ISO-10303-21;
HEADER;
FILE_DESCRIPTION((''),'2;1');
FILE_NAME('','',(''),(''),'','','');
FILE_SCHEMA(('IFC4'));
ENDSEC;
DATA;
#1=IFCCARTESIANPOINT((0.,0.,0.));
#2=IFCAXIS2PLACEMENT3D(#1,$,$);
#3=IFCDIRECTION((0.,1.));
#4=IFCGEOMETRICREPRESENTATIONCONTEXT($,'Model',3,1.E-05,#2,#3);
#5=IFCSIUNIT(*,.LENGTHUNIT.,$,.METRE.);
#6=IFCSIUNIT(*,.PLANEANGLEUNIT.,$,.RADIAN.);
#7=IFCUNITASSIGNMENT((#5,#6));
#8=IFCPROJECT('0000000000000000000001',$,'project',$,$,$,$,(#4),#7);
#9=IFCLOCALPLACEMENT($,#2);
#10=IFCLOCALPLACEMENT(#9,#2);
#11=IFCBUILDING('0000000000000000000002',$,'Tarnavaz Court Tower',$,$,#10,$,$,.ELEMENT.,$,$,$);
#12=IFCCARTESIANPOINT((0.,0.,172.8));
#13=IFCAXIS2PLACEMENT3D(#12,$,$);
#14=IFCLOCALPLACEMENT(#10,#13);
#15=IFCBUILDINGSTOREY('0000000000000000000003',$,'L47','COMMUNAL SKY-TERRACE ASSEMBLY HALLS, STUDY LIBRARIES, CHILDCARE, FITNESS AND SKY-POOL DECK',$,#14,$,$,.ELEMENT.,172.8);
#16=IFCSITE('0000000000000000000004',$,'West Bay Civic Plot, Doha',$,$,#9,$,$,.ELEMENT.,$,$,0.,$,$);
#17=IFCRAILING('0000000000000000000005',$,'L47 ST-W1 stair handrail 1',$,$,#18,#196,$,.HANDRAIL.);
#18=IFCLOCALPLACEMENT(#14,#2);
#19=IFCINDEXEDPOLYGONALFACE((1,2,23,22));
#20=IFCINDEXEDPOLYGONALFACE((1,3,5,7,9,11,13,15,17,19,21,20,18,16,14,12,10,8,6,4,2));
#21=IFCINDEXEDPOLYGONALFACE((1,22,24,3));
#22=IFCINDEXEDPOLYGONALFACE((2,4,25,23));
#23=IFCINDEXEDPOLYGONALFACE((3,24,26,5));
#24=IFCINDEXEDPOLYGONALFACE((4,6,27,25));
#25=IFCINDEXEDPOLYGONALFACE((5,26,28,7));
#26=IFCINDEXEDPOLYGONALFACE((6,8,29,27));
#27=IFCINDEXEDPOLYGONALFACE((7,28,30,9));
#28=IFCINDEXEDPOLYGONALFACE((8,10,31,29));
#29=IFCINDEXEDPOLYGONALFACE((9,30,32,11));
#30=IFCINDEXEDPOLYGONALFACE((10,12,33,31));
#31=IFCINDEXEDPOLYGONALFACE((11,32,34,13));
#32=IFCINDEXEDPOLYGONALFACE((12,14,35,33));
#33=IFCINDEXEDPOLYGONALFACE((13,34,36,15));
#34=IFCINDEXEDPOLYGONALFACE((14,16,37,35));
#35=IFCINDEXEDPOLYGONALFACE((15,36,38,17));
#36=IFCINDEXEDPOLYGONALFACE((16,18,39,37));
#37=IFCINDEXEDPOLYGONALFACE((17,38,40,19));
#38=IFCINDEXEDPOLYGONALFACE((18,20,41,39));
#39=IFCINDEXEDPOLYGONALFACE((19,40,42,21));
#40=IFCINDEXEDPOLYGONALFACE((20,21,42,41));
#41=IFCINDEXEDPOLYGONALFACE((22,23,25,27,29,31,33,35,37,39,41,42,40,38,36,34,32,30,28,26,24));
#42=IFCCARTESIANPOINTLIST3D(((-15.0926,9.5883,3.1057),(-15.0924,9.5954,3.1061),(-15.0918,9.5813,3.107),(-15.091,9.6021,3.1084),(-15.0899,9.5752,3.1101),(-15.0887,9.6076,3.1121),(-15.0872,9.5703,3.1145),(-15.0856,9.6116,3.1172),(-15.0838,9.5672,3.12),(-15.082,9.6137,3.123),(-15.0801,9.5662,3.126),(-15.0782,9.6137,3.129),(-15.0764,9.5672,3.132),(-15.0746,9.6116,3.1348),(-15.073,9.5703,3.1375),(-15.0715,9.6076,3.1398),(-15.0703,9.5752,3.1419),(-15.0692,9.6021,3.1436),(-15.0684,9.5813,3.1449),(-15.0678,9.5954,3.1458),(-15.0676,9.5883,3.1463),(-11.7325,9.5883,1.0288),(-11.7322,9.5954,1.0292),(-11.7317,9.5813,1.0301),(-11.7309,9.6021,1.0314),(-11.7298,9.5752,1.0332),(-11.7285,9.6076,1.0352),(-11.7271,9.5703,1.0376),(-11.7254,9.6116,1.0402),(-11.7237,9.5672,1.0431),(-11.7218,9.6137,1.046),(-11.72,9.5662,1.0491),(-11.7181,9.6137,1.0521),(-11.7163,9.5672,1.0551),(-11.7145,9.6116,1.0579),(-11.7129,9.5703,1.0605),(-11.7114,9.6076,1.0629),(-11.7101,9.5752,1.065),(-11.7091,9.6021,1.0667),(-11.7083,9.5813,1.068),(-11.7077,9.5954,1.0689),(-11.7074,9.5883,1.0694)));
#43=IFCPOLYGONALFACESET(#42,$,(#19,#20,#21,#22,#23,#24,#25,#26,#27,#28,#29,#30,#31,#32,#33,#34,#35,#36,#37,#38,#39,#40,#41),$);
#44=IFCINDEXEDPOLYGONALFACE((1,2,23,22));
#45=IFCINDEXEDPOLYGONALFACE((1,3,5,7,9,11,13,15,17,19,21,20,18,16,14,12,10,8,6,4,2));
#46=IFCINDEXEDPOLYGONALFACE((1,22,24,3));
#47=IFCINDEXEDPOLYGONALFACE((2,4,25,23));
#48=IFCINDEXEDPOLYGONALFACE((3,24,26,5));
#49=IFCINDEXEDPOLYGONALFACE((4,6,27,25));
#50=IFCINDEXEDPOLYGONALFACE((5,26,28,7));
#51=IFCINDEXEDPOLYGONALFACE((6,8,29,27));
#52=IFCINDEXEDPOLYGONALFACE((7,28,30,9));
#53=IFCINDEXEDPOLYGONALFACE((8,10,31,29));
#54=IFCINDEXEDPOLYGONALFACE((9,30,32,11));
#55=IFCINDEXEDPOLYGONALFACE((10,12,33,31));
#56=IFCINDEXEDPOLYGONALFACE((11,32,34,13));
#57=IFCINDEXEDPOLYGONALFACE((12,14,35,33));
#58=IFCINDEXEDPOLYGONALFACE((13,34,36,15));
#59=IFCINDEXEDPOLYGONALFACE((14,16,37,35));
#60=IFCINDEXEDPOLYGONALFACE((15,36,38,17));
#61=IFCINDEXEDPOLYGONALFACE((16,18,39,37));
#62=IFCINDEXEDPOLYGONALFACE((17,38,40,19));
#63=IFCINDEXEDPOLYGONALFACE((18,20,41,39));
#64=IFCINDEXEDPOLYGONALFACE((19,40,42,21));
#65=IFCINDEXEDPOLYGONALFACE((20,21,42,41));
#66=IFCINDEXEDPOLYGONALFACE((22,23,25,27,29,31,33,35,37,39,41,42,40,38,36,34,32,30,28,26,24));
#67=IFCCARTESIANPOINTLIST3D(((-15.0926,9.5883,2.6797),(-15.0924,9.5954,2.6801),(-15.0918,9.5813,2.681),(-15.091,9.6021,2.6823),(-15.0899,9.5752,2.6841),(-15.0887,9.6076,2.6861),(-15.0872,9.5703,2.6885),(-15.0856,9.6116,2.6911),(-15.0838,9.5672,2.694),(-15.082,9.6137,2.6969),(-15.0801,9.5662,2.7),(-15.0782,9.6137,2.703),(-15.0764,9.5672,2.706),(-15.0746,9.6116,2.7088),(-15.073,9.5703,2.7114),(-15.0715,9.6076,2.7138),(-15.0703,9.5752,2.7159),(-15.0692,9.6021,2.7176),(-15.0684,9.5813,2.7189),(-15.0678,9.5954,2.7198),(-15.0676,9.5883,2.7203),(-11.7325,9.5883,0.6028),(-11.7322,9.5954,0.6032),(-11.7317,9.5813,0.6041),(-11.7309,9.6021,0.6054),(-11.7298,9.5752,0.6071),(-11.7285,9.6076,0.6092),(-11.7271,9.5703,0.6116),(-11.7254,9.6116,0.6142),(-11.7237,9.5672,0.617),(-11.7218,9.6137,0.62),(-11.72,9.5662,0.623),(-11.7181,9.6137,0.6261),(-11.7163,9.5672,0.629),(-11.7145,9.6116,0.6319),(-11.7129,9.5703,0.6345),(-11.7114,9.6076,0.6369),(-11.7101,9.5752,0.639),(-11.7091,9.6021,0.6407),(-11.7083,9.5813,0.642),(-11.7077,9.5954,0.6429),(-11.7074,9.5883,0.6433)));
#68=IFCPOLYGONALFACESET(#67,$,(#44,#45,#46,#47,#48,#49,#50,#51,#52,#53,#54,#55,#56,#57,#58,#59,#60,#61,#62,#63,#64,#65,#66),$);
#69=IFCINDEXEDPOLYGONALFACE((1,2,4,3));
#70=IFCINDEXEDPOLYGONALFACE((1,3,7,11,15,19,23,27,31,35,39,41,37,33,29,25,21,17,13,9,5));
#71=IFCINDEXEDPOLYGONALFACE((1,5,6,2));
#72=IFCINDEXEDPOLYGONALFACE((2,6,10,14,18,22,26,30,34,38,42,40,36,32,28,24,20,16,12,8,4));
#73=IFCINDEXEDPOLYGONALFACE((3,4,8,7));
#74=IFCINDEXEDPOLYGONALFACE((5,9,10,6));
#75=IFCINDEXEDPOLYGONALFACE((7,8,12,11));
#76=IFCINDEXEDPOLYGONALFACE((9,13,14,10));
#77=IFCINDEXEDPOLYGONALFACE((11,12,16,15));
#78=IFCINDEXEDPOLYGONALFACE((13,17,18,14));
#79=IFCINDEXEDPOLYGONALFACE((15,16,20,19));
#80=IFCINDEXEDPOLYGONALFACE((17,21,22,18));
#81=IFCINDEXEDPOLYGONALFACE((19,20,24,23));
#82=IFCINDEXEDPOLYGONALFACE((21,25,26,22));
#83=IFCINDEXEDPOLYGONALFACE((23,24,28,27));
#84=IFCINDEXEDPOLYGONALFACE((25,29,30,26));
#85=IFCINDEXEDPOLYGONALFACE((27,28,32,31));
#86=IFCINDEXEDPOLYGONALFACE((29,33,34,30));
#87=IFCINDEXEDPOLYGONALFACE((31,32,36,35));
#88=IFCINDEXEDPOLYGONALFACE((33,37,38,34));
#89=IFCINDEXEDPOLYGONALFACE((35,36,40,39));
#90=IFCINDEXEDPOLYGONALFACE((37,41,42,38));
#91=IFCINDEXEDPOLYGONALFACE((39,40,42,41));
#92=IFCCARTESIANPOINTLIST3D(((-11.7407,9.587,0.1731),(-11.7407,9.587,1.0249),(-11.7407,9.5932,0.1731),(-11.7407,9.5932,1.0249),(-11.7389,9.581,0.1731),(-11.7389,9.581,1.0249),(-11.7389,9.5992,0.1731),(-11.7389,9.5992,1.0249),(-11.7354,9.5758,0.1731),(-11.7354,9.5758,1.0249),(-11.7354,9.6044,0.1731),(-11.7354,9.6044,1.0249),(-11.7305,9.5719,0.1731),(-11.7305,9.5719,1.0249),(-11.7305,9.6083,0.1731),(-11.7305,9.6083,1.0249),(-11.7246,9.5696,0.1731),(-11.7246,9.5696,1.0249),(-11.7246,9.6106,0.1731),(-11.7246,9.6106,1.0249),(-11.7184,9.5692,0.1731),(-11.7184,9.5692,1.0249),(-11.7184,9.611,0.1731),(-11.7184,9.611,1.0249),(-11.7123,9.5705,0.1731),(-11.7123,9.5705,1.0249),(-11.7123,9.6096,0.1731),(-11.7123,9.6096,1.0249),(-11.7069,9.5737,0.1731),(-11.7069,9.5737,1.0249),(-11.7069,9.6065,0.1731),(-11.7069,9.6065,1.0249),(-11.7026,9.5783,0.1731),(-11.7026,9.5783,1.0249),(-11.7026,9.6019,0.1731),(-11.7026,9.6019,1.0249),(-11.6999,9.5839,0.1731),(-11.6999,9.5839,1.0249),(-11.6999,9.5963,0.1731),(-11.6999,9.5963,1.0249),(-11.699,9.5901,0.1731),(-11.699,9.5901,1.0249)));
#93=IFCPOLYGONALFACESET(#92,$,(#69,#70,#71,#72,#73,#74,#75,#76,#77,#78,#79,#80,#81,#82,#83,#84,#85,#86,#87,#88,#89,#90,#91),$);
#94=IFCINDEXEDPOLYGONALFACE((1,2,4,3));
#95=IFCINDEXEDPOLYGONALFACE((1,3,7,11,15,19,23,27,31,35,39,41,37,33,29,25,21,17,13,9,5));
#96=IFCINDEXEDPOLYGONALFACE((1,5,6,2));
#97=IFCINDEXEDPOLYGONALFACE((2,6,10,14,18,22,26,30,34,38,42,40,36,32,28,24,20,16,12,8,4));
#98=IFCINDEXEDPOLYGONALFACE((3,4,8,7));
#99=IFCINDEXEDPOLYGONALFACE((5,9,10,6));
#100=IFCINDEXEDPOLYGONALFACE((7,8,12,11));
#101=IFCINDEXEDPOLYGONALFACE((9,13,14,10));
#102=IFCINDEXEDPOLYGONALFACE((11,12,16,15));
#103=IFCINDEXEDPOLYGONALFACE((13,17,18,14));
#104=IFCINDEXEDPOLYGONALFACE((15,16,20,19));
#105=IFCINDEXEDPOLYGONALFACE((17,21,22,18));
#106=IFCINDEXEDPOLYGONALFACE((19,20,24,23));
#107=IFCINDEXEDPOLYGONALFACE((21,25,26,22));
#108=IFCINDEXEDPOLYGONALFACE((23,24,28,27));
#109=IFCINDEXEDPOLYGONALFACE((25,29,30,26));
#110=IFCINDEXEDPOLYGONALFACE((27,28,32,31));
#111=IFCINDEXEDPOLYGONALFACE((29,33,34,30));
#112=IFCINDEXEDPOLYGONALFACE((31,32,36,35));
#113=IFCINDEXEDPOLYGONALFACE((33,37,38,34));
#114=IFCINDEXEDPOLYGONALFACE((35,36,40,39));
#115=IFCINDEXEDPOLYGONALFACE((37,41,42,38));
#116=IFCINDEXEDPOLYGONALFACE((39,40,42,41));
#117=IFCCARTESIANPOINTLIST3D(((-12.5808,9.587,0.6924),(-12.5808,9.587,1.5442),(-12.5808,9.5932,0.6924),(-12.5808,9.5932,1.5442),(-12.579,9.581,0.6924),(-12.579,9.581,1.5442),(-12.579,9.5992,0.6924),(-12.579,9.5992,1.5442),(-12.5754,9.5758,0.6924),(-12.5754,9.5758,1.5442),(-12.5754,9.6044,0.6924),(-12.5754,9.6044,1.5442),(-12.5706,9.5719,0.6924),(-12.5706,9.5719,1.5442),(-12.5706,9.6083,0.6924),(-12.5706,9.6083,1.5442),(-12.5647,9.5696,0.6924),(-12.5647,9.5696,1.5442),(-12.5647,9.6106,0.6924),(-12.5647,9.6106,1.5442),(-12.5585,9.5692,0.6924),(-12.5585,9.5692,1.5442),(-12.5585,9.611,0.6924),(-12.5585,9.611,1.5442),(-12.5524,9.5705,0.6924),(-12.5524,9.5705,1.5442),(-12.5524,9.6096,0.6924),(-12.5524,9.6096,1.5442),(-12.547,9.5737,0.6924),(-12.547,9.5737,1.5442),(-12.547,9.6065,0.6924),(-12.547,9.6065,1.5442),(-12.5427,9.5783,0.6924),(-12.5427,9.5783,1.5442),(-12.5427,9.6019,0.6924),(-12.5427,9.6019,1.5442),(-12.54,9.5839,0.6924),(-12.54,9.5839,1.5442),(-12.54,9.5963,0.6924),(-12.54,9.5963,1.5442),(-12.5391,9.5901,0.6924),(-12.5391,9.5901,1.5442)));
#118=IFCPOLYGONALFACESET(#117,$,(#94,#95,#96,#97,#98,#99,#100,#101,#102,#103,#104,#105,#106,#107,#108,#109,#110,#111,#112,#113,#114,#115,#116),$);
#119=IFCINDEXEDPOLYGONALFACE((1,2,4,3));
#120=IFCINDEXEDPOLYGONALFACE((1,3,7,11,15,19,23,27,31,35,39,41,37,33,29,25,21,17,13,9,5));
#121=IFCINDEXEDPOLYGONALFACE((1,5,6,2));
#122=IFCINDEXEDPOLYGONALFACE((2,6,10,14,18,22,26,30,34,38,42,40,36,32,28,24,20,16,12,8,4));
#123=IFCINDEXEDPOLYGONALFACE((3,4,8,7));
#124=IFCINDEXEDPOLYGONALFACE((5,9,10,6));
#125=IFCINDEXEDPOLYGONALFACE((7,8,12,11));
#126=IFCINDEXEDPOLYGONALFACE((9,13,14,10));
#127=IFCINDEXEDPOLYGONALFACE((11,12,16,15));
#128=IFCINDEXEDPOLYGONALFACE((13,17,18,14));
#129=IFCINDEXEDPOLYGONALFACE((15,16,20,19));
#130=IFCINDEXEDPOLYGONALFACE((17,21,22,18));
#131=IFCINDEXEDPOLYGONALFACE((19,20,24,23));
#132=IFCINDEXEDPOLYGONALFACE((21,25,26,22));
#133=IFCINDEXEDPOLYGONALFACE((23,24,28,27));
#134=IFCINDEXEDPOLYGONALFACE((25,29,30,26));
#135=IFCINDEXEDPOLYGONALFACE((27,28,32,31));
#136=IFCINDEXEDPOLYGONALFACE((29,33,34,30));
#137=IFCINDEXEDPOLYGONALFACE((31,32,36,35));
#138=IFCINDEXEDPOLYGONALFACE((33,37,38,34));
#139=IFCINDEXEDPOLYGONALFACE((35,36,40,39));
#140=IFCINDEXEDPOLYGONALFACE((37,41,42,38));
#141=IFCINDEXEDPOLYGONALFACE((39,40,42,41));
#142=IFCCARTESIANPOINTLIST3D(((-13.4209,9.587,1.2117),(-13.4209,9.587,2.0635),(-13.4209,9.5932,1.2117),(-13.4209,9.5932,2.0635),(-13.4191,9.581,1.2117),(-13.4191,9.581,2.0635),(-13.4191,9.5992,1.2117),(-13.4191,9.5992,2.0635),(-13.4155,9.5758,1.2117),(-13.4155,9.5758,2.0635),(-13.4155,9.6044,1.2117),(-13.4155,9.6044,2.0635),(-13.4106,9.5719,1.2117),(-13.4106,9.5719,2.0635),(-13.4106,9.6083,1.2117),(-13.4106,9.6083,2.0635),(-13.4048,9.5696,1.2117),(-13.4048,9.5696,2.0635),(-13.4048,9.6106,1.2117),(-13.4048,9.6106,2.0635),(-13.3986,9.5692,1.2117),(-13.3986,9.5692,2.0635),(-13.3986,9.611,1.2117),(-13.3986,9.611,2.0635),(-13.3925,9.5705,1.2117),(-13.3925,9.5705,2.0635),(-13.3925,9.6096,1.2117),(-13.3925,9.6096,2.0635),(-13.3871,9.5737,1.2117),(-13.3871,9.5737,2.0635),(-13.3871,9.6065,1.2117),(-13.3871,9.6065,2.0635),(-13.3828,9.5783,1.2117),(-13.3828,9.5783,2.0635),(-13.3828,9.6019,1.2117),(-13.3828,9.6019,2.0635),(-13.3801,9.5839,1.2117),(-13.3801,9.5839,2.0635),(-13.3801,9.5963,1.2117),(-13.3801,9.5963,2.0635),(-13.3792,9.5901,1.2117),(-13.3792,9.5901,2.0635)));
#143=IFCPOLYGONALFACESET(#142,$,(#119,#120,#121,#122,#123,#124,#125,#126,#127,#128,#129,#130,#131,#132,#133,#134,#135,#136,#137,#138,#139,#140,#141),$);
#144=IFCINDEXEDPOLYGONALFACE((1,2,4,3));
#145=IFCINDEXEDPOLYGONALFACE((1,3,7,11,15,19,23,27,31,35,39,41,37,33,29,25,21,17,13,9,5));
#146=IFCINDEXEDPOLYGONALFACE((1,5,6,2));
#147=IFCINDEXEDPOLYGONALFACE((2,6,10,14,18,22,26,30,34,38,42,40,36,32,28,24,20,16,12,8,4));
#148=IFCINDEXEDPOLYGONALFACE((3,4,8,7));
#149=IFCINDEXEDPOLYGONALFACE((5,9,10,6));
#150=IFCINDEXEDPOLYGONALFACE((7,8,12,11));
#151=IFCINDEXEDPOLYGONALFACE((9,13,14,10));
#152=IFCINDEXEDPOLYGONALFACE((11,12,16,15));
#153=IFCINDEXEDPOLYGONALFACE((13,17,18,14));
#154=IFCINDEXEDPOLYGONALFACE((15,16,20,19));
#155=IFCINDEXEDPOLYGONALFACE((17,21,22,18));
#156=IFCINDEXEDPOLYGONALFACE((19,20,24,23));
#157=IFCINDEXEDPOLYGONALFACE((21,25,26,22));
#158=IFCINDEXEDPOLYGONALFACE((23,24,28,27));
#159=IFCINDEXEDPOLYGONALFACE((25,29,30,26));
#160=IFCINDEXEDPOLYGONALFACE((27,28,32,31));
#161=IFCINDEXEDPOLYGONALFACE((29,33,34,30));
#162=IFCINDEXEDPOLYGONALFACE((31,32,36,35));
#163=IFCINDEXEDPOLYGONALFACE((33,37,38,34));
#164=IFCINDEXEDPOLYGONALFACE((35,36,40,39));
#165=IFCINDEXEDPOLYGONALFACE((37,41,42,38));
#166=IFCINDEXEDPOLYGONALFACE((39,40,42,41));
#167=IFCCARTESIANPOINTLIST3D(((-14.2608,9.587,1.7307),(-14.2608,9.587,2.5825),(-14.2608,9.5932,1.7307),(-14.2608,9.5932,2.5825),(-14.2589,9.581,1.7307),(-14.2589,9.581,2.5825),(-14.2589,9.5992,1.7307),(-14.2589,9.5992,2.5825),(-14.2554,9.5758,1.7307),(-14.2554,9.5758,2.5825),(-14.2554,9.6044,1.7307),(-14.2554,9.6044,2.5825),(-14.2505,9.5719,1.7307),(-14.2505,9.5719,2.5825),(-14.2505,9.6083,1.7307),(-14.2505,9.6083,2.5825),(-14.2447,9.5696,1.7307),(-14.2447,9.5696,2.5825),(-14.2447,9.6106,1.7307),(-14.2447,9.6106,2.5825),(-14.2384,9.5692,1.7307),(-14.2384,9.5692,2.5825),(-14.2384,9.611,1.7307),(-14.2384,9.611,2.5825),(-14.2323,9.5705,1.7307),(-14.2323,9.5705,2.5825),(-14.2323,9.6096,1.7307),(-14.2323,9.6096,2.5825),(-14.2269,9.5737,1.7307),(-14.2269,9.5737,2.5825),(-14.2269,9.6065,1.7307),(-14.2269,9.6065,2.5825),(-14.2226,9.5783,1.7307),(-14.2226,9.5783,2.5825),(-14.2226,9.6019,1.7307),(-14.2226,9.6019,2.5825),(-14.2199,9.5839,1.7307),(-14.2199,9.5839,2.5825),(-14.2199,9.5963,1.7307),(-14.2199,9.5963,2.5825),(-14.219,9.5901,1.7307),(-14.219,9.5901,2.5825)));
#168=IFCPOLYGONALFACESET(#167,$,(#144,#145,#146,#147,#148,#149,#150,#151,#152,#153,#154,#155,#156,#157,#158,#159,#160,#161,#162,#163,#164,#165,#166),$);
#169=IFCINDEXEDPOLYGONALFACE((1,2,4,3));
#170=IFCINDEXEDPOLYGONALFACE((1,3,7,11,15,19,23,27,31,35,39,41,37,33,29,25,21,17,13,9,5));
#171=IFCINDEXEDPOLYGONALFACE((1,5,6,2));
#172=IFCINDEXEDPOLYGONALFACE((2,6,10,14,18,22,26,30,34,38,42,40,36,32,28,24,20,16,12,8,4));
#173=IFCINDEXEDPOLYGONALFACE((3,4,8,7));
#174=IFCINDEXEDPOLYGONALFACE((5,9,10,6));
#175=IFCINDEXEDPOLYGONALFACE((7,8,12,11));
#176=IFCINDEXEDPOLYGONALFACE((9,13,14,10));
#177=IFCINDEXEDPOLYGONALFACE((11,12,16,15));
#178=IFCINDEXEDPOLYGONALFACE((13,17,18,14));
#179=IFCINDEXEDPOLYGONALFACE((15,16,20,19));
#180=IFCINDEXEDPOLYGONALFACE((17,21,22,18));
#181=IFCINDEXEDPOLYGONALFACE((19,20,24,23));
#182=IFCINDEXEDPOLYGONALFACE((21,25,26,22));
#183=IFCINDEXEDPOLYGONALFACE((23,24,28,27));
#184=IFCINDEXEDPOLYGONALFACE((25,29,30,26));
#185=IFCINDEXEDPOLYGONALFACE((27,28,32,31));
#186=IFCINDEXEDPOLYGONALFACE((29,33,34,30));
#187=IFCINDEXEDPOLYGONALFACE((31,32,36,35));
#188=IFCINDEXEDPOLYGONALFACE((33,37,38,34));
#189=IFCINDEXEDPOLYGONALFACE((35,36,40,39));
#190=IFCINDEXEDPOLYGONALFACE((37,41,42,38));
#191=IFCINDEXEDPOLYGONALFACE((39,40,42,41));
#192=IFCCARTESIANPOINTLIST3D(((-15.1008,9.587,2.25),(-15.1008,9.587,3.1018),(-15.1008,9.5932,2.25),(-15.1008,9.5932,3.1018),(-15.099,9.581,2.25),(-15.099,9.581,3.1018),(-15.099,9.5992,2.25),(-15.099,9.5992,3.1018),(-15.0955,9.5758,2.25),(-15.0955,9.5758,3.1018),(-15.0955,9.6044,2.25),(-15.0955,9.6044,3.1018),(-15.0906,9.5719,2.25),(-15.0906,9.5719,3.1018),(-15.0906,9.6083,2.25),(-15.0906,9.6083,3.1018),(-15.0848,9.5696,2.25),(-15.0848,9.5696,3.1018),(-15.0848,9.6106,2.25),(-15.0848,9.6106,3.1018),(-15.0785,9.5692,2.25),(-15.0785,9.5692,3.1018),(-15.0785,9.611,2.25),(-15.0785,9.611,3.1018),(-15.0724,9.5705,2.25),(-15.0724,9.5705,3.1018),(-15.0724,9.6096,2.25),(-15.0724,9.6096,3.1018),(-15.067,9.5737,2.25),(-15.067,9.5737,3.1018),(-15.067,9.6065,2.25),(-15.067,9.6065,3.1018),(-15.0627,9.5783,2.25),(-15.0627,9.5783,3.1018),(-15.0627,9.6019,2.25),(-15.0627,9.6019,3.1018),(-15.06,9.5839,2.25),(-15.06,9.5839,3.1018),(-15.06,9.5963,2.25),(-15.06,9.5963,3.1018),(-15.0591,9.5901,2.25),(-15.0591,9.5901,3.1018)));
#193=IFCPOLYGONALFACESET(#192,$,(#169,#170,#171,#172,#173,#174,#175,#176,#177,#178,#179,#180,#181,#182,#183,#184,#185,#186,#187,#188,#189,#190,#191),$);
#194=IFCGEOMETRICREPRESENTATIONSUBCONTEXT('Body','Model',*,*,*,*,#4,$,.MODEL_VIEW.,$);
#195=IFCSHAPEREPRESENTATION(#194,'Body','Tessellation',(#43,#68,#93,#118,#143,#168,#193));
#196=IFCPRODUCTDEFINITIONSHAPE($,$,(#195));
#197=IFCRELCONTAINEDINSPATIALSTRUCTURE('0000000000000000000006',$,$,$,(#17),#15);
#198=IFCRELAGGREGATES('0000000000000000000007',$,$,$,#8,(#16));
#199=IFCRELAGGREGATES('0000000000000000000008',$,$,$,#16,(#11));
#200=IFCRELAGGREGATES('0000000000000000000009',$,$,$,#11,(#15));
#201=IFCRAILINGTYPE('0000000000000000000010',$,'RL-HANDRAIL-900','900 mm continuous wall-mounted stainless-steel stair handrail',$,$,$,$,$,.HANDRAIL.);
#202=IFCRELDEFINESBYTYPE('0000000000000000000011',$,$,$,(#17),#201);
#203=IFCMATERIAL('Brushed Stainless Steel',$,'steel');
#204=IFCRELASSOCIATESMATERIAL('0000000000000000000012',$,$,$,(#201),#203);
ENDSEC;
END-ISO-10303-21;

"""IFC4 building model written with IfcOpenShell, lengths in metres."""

from ifc_helpers import new_model, si_unit, direction, frame, origin, origin_2d, place, context, subcontext, project, spatial, circle, extrude, material, type_object, element, save


model = new_model("IFC4")

# Units and contexts
model_context = context("Model", 3, precision=1e-05, world=origin(), true_north=direction((0.0, 1.0)))
body_context = subcontext(model_context, "Body", "Model", "MODEL_VIEW")
ifc_project = project(units=[si_unit("LENGTHUNIT", "METRE"), si_unit("PLANEANGLEUNIT", "RADIAN")], contexts=[model_context])

# Site, building, storey
site_placement = place(None, origin())
site = spatial("IfcSite", under=ifc_project, at=site_placement, Name="West Bay Civic Plot, Doha", CompositionType="ELEMENT", RefElevation=0.0)
building_placement = place(site_placement, origin())
building = spatial("IfcBuilding", under=site, at=building_placement, Name="Tarnavaz Court Tower", CompositionType="ELEMENT")
storey_placement = place(building_placement, frame((0.0, 0.0, 172.8)))
storey = spatial("IfcBuildingStorey", under=building, at=storey_placement, Name="L47", Description="COMMUNAL SKY-TERRACE ASSEMBLY HALLS, STUDY LIBRARIES, CHILDCARE, FITNESS AND SKY-POOL DECK", CompositionType="ELEMENT", Elevation=172.8)

# Railing
ifc_material_1 = material(Name="Brushed Stainless Steel", Category="steel")
railing_type_1 = type_object("IfcRailingType", Name="RL-HANDRAIL-900", Description="900 mm continuous wall-mounted stainless-steel stair handrail", PredefinedType="HANDRAIL", material=ifc_material_1)
railing_1_placement = place(storey_placement, frame((-11.72, 9.5901, 0.1731)))
element("IfcRailing", 1, at=railing_1_placement, inside=storey, type_object=railing_type_1, Name="L47 ST-W1 stair handrail 1", PredefinedType="HANDRAIL", context=body_context, shape_type="SweptSolid", body=[
    extrude(circle(Radius=0.0239, at=origin_2d()), frame((0.0, 0.0, 0.876), z_axis=(-0.850623, 0.0, 0.525776), x_axis=(0.0, -1.0, 0.0)), (0.0, 0.0, 1.0), 3.9502),
    extrude(circle(Radius=0.0239, at=origin_2d()), frame((0.0, 0.0, 0.45), z_axis=(-0.850623, 0.0, 0.525776), x_axis=(0.0, -1.0, 0.0)), (0.0, 0.0, 1.0), 3.9502),
    extrude(circle(Radius=0.021, at=origin_2d()), origin(), (0.0, 0.0, 1.0), 0.8518),
    extrude(circle(Radius=0.021, at=origin_2d()), frame((-0.8401, 0.0, 0.5193)), (0.0, 0.0, 1.0), 0.8518),
    extrude(circle(Radius=0.021, at=origin_2d()), frame((-1.6802, 0.0, 1.0386)), (0.0, 0.0, 1.0), 0.8518),
    extrude(circle(Radius=0.021, at=origin_2d()), frame((-2.52, 0.0, 1.5576)), (0.0, 0.0, 1.0), 0.8518),
    extrude(circle(Radius=0.021, at=origin_2d()), frame((-3.3601, 0.0, 2.0769)), (0.0, 0.0, 1.0), 0.8518),
])

save(model, "model.ifc")
